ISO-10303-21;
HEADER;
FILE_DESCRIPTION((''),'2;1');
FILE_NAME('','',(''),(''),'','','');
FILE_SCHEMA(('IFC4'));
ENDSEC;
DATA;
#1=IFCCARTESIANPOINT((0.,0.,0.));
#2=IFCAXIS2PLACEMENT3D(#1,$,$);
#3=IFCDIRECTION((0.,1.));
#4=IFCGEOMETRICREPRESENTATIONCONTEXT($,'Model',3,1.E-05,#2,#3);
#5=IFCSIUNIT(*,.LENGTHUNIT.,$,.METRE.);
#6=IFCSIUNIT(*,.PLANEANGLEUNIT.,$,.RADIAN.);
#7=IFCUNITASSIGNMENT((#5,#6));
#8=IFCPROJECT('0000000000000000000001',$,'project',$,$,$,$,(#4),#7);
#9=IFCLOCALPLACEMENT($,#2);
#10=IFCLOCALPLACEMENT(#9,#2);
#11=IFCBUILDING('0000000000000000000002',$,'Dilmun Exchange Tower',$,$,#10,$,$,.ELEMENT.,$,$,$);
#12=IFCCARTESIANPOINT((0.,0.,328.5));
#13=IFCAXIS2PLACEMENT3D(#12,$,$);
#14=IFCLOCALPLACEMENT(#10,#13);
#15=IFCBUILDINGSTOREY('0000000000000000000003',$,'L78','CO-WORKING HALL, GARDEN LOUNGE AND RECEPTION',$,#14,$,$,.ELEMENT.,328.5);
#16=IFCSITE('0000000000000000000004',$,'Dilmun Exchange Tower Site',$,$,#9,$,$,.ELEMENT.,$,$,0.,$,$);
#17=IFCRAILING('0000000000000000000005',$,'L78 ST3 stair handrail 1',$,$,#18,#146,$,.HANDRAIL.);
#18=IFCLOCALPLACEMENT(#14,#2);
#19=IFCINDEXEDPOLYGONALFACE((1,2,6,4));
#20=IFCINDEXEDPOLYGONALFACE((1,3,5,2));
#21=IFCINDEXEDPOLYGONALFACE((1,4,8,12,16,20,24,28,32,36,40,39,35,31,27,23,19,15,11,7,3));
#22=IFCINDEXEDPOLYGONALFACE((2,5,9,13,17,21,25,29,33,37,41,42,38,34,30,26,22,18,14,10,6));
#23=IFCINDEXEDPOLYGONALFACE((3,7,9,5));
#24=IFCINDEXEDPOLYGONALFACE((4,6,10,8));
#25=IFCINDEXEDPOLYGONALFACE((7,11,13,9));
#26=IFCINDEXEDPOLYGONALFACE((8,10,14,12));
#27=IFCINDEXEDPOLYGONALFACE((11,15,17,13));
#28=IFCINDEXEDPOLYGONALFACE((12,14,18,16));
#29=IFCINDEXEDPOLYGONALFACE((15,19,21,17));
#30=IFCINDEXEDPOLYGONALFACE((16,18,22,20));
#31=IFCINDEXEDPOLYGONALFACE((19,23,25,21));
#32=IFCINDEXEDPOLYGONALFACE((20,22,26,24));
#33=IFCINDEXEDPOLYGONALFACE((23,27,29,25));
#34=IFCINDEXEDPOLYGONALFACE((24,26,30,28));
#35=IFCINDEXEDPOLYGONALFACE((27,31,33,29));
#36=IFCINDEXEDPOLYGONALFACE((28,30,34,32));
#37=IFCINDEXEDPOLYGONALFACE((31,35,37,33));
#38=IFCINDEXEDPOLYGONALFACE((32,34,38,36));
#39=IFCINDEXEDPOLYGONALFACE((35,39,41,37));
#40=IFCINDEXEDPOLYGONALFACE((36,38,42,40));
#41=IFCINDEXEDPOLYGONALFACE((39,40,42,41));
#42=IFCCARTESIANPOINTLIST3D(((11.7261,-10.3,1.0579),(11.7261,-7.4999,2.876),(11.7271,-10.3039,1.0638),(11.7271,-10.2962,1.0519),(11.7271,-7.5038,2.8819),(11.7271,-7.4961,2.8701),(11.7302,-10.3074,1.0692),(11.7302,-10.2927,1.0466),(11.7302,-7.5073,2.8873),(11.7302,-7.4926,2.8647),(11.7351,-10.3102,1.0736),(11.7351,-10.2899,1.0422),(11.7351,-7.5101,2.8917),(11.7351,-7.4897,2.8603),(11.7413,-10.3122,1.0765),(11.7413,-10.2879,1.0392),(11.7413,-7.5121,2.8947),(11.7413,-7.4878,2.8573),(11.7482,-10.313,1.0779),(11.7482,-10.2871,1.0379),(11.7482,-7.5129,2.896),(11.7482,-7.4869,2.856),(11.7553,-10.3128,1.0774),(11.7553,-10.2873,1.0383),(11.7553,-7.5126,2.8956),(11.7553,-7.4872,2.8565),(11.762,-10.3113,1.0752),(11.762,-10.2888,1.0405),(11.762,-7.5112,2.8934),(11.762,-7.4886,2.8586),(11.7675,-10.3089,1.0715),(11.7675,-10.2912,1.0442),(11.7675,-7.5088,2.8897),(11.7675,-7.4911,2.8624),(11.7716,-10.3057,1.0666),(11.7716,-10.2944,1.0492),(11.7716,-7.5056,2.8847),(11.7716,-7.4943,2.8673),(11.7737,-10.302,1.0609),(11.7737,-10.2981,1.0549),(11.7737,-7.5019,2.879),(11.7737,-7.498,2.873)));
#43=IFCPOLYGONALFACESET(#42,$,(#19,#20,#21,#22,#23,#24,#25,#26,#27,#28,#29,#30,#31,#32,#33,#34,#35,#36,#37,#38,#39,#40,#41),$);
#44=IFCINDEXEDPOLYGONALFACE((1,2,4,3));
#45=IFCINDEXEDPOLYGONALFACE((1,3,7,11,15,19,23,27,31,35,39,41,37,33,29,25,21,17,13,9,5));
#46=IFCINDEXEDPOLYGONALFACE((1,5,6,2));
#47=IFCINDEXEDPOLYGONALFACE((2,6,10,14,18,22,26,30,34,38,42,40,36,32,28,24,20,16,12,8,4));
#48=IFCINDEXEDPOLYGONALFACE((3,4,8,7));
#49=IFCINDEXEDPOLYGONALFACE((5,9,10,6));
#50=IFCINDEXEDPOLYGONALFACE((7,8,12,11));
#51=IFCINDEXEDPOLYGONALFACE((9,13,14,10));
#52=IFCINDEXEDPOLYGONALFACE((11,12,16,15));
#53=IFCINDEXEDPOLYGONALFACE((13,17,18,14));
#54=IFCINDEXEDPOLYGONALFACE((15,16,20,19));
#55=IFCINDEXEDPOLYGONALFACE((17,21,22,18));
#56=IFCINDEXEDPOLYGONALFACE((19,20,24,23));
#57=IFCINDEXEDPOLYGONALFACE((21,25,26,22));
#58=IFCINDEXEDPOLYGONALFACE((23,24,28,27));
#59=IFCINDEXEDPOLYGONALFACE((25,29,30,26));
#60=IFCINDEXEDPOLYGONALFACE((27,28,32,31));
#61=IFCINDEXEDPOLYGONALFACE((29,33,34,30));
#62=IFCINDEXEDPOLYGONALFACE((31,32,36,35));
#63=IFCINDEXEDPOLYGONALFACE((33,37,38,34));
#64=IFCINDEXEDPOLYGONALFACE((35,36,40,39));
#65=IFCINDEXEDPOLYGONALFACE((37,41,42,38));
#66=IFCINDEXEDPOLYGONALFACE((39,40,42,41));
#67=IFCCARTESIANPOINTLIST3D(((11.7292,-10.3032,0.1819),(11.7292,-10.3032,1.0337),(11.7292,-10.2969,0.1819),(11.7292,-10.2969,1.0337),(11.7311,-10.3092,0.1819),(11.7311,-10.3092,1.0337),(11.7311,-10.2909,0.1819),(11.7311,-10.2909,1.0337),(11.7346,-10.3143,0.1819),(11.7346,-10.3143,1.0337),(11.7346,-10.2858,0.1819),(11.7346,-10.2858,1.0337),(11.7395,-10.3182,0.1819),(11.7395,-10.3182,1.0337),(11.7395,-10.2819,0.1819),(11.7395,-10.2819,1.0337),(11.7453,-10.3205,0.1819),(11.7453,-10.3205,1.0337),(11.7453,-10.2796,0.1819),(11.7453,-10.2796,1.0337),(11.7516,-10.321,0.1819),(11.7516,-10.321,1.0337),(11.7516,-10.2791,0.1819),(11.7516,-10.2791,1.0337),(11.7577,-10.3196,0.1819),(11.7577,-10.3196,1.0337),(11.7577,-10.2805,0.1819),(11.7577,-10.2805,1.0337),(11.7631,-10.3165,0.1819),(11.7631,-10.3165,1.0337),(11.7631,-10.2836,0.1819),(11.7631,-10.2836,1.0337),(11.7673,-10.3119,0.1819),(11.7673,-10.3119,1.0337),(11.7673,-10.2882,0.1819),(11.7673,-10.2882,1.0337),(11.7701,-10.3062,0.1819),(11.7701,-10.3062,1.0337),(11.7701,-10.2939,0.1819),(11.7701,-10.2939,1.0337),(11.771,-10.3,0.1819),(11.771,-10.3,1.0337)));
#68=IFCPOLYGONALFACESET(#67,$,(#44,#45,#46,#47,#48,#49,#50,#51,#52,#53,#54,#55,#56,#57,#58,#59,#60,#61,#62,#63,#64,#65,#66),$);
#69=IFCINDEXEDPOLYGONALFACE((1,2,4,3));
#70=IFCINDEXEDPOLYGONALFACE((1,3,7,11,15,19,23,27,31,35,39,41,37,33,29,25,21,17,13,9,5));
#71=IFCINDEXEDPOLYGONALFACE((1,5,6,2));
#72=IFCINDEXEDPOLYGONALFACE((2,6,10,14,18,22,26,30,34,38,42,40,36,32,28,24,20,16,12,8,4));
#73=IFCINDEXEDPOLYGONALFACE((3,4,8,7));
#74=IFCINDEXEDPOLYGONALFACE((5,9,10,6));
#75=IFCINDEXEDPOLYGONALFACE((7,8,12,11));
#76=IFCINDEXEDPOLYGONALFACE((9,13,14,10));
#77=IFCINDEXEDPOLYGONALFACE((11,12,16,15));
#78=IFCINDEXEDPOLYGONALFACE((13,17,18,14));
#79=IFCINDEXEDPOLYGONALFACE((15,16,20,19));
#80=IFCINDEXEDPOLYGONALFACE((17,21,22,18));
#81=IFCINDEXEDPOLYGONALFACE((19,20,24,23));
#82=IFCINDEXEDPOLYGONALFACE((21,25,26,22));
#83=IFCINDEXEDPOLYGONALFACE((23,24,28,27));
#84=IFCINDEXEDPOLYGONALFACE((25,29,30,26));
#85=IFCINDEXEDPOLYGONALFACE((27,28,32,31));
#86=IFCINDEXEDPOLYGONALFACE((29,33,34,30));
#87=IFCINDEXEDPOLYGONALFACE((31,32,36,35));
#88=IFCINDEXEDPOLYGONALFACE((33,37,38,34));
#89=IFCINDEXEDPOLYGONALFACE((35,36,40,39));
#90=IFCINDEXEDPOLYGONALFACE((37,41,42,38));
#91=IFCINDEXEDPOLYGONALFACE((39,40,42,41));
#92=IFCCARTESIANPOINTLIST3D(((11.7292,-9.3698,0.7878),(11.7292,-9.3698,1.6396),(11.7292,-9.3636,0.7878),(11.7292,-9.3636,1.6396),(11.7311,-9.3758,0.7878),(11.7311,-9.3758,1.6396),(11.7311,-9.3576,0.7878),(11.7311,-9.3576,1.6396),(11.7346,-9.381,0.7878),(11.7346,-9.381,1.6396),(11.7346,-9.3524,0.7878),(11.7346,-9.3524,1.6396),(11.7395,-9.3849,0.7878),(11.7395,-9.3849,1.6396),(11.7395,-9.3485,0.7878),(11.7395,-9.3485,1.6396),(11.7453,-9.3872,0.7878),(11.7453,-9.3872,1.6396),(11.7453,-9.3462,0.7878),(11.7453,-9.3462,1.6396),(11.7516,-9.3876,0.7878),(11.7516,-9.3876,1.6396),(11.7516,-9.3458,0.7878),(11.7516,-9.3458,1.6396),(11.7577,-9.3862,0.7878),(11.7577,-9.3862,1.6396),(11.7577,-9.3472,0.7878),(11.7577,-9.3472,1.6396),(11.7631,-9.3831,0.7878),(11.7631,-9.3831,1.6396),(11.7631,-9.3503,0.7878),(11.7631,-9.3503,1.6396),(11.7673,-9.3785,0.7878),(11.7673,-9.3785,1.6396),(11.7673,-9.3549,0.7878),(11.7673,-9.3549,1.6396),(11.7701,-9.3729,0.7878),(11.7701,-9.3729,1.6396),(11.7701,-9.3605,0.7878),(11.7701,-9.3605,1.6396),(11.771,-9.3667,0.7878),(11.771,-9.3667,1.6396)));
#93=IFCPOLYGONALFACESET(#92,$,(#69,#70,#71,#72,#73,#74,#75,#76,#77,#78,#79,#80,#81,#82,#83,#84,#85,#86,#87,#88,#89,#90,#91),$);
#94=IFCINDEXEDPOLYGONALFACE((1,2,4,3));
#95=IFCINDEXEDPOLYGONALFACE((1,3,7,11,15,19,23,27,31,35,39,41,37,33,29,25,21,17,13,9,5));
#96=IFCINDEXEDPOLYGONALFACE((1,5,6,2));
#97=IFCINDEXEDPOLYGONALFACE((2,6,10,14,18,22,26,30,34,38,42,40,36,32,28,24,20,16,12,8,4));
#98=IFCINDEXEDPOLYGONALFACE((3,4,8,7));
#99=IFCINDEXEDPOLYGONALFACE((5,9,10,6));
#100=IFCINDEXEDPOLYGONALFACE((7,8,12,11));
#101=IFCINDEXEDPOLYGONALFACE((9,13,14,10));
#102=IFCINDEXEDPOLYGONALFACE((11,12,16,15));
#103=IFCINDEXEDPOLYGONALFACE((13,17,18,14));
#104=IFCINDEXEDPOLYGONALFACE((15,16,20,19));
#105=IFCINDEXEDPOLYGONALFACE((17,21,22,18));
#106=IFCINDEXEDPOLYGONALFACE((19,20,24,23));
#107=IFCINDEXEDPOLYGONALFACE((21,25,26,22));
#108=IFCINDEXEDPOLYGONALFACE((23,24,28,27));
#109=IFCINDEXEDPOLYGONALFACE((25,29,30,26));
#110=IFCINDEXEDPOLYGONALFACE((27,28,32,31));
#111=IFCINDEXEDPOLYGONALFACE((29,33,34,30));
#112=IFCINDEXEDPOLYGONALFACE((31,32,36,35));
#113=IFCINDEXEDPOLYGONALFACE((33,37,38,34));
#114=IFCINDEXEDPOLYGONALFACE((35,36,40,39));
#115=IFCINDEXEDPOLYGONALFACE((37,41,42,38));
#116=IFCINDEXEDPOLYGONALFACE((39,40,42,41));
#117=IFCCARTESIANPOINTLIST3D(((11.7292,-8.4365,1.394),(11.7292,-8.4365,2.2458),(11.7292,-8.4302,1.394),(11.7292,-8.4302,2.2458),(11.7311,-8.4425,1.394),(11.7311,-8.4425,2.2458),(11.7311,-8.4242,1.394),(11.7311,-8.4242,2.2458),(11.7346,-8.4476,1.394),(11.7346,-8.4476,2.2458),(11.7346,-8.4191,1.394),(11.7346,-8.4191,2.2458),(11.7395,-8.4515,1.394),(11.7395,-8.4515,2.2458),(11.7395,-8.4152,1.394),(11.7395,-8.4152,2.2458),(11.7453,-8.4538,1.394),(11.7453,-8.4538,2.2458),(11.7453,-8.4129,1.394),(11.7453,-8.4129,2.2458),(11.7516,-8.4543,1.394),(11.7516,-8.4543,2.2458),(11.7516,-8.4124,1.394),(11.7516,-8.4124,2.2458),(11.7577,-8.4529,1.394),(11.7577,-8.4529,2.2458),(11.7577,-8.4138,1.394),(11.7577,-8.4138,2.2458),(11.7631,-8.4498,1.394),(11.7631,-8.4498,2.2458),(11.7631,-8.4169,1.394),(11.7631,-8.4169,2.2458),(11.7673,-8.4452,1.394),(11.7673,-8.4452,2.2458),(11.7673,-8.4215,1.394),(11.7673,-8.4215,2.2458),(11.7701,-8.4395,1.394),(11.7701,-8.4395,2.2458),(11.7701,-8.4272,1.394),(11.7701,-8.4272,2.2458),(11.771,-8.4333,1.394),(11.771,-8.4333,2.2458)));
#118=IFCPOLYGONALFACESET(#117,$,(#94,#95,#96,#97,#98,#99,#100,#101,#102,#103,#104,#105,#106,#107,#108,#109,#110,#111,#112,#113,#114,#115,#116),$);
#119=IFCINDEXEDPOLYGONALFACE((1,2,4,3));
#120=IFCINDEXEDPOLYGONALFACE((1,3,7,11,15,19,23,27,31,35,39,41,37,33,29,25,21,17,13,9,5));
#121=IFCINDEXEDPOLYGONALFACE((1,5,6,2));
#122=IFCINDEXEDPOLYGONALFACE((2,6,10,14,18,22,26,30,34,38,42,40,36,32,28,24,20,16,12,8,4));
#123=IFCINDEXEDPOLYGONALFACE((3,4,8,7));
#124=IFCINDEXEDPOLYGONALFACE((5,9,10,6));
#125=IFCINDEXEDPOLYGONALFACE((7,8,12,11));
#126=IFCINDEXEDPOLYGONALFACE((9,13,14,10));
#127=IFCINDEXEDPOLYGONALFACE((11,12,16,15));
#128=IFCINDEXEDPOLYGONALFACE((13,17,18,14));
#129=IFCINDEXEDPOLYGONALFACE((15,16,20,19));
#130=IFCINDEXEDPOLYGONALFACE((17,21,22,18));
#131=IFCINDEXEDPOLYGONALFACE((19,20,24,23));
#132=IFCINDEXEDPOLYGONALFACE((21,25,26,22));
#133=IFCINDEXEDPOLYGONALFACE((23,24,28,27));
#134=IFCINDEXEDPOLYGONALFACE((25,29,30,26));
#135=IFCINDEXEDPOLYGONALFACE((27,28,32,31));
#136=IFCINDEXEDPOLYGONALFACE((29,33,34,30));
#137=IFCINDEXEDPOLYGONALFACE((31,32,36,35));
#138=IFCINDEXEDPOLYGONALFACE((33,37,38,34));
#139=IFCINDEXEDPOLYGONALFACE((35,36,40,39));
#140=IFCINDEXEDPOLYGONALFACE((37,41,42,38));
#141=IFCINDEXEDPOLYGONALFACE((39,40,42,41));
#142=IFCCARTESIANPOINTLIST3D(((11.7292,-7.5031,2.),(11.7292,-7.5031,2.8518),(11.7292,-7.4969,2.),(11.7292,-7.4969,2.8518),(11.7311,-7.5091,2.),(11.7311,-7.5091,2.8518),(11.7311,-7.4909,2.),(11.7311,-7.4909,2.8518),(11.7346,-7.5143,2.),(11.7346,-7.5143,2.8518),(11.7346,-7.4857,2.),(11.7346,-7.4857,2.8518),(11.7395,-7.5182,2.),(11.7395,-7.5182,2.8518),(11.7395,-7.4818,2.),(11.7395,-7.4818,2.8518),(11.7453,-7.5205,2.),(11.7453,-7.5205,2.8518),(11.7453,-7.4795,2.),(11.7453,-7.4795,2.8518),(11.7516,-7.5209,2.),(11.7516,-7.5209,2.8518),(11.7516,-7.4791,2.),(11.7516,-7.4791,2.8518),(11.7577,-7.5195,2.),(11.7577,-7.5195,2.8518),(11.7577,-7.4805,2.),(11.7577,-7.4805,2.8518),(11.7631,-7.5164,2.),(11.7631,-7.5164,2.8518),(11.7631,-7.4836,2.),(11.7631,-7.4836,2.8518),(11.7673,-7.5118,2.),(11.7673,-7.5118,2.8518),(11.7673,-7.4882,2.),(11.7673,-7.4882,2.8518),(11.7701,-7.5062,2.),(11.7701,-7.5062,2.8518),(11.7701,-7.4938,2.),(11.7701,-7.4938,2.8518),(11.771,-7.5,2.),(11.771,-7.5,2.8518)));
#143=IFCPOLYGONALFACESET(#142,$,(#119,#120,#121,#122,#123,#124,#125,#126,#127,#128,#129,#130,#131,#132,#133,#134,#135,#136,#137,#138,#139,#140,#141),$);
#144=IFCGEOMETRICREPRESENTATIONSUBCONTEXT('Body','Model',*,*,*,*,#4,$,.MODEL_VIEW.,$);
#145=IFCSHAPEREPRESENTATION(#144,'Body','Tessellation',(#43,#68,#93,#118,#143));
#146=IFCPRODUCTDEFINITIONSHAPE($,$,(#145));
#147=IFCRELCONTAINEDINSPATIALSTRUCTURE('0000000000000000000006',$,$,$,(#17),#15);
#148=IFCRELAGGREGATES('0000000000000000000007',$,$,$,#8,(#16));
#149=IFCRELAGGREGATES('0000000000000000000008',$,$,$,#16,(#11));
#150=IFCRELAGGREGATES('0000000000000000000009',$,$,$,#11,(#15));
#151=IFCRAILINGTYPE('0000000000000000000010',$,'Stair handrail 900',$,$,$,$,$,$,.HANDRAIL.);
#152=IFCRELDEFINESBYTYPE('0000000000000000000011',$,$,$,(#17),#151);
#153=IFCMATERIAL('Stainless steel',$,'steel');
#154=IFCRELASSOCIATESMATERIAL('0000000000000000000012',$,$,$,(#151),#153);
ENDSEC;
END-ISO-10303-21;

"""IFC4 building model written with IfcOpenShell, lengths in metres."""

from ifc_helpers import new_model, si_unit, direction, frame, origin, origin_2d, place, context, subcontext, project, spatial, circle, extrude, material, type_object, element, save


model = new_model("IFC4")

# Units and contexts
model_context = context("Model", 3, precision=1e-05, world=origin(), true_north=direction((0.0, 1.0)))
body_context = subcontext(model_context, "Body", "Model", "MODEL_VIEW")
ifc_project = project(units=[si_unit("LENGTHUNIT", "METRE"), si_unit("PLANEANGLEUNIT", "RADIAN")], contexts=[model_context])

# Site, building, storey
site_placement = place(None, origin())
site = spatial("IfcSite", under=ifc_project, at=site_placement, Name="Dilmun Exchange Tower Site", CompositionType="ELEMENT", RefElevation=0.0)
building_placement = place(site_placement, origin())
building = spatial("IfcBuilding", under=site, at=building_placement, Name="Dilmun Exchange Tower", CompositionType="ELEMENT")
storey_placement = place(building_placement, frame((0.0, 0.0, 328.5)))
storey = spatial("IfcBuildingStorey", under=building, at=storey_placement, Name="L78", Description="CO-WORKING HALL, GARDEN LOUNGE AND RECEPTION", CompositionType="ELEMENT", Elevation=328.5)

# Railing
ifc_material_1 = material(Name="Stainless steel", Category="steel")
railing_type = type_object("IfcRailingType", Name="Stair handrail 900", PredefinedType="HANDRAIL", material=ifc_material_1)
railing_placement = place(storey_placement, frame((11.75, -10.3, 0.1819)))
element("IfcRailing", 1, at=railing_placement, inside=storey, type_object=railing_type, Name="L78 ST3 stair handrail 1", PredefinedType="HANDRAIL", context=body_context, shape_type="SweptSolid", body=[
    extrude(circle(Radius=0.0239, at=origin_2d()), frame((0.0, 0.0, 0.876), z_axis=(0.0, 0.838706, 0.544585), x_axis=(-1.0, 0.0, 0.0)), (0.0, 0.0, 1.0), 3.3386),
    extrude(circle(Radius=0.021, at=origin_2d()), origin(), (0.0, 0.0, 1.0), 0.8518),
    extrude(circle(Radius=0.021, at=origin_2d()), frame((0.0, 0.9333, 0.606)), (0.0, 0.0, 1.0), 0.8518),
    extrude(circle(Radius=0.021, at=origin_2d()), frame((0.0, 1.8667, 1.2122)), (0.0, 0.0, 1.0), 0.8518),
    extrude(circle(Radius=0.021, at=origin_2d()), frame((0.0, 2.8, 1.8181)), (0.0, 0.0, 1.0), 0.8518),
])

save(model, "model.ifc")
